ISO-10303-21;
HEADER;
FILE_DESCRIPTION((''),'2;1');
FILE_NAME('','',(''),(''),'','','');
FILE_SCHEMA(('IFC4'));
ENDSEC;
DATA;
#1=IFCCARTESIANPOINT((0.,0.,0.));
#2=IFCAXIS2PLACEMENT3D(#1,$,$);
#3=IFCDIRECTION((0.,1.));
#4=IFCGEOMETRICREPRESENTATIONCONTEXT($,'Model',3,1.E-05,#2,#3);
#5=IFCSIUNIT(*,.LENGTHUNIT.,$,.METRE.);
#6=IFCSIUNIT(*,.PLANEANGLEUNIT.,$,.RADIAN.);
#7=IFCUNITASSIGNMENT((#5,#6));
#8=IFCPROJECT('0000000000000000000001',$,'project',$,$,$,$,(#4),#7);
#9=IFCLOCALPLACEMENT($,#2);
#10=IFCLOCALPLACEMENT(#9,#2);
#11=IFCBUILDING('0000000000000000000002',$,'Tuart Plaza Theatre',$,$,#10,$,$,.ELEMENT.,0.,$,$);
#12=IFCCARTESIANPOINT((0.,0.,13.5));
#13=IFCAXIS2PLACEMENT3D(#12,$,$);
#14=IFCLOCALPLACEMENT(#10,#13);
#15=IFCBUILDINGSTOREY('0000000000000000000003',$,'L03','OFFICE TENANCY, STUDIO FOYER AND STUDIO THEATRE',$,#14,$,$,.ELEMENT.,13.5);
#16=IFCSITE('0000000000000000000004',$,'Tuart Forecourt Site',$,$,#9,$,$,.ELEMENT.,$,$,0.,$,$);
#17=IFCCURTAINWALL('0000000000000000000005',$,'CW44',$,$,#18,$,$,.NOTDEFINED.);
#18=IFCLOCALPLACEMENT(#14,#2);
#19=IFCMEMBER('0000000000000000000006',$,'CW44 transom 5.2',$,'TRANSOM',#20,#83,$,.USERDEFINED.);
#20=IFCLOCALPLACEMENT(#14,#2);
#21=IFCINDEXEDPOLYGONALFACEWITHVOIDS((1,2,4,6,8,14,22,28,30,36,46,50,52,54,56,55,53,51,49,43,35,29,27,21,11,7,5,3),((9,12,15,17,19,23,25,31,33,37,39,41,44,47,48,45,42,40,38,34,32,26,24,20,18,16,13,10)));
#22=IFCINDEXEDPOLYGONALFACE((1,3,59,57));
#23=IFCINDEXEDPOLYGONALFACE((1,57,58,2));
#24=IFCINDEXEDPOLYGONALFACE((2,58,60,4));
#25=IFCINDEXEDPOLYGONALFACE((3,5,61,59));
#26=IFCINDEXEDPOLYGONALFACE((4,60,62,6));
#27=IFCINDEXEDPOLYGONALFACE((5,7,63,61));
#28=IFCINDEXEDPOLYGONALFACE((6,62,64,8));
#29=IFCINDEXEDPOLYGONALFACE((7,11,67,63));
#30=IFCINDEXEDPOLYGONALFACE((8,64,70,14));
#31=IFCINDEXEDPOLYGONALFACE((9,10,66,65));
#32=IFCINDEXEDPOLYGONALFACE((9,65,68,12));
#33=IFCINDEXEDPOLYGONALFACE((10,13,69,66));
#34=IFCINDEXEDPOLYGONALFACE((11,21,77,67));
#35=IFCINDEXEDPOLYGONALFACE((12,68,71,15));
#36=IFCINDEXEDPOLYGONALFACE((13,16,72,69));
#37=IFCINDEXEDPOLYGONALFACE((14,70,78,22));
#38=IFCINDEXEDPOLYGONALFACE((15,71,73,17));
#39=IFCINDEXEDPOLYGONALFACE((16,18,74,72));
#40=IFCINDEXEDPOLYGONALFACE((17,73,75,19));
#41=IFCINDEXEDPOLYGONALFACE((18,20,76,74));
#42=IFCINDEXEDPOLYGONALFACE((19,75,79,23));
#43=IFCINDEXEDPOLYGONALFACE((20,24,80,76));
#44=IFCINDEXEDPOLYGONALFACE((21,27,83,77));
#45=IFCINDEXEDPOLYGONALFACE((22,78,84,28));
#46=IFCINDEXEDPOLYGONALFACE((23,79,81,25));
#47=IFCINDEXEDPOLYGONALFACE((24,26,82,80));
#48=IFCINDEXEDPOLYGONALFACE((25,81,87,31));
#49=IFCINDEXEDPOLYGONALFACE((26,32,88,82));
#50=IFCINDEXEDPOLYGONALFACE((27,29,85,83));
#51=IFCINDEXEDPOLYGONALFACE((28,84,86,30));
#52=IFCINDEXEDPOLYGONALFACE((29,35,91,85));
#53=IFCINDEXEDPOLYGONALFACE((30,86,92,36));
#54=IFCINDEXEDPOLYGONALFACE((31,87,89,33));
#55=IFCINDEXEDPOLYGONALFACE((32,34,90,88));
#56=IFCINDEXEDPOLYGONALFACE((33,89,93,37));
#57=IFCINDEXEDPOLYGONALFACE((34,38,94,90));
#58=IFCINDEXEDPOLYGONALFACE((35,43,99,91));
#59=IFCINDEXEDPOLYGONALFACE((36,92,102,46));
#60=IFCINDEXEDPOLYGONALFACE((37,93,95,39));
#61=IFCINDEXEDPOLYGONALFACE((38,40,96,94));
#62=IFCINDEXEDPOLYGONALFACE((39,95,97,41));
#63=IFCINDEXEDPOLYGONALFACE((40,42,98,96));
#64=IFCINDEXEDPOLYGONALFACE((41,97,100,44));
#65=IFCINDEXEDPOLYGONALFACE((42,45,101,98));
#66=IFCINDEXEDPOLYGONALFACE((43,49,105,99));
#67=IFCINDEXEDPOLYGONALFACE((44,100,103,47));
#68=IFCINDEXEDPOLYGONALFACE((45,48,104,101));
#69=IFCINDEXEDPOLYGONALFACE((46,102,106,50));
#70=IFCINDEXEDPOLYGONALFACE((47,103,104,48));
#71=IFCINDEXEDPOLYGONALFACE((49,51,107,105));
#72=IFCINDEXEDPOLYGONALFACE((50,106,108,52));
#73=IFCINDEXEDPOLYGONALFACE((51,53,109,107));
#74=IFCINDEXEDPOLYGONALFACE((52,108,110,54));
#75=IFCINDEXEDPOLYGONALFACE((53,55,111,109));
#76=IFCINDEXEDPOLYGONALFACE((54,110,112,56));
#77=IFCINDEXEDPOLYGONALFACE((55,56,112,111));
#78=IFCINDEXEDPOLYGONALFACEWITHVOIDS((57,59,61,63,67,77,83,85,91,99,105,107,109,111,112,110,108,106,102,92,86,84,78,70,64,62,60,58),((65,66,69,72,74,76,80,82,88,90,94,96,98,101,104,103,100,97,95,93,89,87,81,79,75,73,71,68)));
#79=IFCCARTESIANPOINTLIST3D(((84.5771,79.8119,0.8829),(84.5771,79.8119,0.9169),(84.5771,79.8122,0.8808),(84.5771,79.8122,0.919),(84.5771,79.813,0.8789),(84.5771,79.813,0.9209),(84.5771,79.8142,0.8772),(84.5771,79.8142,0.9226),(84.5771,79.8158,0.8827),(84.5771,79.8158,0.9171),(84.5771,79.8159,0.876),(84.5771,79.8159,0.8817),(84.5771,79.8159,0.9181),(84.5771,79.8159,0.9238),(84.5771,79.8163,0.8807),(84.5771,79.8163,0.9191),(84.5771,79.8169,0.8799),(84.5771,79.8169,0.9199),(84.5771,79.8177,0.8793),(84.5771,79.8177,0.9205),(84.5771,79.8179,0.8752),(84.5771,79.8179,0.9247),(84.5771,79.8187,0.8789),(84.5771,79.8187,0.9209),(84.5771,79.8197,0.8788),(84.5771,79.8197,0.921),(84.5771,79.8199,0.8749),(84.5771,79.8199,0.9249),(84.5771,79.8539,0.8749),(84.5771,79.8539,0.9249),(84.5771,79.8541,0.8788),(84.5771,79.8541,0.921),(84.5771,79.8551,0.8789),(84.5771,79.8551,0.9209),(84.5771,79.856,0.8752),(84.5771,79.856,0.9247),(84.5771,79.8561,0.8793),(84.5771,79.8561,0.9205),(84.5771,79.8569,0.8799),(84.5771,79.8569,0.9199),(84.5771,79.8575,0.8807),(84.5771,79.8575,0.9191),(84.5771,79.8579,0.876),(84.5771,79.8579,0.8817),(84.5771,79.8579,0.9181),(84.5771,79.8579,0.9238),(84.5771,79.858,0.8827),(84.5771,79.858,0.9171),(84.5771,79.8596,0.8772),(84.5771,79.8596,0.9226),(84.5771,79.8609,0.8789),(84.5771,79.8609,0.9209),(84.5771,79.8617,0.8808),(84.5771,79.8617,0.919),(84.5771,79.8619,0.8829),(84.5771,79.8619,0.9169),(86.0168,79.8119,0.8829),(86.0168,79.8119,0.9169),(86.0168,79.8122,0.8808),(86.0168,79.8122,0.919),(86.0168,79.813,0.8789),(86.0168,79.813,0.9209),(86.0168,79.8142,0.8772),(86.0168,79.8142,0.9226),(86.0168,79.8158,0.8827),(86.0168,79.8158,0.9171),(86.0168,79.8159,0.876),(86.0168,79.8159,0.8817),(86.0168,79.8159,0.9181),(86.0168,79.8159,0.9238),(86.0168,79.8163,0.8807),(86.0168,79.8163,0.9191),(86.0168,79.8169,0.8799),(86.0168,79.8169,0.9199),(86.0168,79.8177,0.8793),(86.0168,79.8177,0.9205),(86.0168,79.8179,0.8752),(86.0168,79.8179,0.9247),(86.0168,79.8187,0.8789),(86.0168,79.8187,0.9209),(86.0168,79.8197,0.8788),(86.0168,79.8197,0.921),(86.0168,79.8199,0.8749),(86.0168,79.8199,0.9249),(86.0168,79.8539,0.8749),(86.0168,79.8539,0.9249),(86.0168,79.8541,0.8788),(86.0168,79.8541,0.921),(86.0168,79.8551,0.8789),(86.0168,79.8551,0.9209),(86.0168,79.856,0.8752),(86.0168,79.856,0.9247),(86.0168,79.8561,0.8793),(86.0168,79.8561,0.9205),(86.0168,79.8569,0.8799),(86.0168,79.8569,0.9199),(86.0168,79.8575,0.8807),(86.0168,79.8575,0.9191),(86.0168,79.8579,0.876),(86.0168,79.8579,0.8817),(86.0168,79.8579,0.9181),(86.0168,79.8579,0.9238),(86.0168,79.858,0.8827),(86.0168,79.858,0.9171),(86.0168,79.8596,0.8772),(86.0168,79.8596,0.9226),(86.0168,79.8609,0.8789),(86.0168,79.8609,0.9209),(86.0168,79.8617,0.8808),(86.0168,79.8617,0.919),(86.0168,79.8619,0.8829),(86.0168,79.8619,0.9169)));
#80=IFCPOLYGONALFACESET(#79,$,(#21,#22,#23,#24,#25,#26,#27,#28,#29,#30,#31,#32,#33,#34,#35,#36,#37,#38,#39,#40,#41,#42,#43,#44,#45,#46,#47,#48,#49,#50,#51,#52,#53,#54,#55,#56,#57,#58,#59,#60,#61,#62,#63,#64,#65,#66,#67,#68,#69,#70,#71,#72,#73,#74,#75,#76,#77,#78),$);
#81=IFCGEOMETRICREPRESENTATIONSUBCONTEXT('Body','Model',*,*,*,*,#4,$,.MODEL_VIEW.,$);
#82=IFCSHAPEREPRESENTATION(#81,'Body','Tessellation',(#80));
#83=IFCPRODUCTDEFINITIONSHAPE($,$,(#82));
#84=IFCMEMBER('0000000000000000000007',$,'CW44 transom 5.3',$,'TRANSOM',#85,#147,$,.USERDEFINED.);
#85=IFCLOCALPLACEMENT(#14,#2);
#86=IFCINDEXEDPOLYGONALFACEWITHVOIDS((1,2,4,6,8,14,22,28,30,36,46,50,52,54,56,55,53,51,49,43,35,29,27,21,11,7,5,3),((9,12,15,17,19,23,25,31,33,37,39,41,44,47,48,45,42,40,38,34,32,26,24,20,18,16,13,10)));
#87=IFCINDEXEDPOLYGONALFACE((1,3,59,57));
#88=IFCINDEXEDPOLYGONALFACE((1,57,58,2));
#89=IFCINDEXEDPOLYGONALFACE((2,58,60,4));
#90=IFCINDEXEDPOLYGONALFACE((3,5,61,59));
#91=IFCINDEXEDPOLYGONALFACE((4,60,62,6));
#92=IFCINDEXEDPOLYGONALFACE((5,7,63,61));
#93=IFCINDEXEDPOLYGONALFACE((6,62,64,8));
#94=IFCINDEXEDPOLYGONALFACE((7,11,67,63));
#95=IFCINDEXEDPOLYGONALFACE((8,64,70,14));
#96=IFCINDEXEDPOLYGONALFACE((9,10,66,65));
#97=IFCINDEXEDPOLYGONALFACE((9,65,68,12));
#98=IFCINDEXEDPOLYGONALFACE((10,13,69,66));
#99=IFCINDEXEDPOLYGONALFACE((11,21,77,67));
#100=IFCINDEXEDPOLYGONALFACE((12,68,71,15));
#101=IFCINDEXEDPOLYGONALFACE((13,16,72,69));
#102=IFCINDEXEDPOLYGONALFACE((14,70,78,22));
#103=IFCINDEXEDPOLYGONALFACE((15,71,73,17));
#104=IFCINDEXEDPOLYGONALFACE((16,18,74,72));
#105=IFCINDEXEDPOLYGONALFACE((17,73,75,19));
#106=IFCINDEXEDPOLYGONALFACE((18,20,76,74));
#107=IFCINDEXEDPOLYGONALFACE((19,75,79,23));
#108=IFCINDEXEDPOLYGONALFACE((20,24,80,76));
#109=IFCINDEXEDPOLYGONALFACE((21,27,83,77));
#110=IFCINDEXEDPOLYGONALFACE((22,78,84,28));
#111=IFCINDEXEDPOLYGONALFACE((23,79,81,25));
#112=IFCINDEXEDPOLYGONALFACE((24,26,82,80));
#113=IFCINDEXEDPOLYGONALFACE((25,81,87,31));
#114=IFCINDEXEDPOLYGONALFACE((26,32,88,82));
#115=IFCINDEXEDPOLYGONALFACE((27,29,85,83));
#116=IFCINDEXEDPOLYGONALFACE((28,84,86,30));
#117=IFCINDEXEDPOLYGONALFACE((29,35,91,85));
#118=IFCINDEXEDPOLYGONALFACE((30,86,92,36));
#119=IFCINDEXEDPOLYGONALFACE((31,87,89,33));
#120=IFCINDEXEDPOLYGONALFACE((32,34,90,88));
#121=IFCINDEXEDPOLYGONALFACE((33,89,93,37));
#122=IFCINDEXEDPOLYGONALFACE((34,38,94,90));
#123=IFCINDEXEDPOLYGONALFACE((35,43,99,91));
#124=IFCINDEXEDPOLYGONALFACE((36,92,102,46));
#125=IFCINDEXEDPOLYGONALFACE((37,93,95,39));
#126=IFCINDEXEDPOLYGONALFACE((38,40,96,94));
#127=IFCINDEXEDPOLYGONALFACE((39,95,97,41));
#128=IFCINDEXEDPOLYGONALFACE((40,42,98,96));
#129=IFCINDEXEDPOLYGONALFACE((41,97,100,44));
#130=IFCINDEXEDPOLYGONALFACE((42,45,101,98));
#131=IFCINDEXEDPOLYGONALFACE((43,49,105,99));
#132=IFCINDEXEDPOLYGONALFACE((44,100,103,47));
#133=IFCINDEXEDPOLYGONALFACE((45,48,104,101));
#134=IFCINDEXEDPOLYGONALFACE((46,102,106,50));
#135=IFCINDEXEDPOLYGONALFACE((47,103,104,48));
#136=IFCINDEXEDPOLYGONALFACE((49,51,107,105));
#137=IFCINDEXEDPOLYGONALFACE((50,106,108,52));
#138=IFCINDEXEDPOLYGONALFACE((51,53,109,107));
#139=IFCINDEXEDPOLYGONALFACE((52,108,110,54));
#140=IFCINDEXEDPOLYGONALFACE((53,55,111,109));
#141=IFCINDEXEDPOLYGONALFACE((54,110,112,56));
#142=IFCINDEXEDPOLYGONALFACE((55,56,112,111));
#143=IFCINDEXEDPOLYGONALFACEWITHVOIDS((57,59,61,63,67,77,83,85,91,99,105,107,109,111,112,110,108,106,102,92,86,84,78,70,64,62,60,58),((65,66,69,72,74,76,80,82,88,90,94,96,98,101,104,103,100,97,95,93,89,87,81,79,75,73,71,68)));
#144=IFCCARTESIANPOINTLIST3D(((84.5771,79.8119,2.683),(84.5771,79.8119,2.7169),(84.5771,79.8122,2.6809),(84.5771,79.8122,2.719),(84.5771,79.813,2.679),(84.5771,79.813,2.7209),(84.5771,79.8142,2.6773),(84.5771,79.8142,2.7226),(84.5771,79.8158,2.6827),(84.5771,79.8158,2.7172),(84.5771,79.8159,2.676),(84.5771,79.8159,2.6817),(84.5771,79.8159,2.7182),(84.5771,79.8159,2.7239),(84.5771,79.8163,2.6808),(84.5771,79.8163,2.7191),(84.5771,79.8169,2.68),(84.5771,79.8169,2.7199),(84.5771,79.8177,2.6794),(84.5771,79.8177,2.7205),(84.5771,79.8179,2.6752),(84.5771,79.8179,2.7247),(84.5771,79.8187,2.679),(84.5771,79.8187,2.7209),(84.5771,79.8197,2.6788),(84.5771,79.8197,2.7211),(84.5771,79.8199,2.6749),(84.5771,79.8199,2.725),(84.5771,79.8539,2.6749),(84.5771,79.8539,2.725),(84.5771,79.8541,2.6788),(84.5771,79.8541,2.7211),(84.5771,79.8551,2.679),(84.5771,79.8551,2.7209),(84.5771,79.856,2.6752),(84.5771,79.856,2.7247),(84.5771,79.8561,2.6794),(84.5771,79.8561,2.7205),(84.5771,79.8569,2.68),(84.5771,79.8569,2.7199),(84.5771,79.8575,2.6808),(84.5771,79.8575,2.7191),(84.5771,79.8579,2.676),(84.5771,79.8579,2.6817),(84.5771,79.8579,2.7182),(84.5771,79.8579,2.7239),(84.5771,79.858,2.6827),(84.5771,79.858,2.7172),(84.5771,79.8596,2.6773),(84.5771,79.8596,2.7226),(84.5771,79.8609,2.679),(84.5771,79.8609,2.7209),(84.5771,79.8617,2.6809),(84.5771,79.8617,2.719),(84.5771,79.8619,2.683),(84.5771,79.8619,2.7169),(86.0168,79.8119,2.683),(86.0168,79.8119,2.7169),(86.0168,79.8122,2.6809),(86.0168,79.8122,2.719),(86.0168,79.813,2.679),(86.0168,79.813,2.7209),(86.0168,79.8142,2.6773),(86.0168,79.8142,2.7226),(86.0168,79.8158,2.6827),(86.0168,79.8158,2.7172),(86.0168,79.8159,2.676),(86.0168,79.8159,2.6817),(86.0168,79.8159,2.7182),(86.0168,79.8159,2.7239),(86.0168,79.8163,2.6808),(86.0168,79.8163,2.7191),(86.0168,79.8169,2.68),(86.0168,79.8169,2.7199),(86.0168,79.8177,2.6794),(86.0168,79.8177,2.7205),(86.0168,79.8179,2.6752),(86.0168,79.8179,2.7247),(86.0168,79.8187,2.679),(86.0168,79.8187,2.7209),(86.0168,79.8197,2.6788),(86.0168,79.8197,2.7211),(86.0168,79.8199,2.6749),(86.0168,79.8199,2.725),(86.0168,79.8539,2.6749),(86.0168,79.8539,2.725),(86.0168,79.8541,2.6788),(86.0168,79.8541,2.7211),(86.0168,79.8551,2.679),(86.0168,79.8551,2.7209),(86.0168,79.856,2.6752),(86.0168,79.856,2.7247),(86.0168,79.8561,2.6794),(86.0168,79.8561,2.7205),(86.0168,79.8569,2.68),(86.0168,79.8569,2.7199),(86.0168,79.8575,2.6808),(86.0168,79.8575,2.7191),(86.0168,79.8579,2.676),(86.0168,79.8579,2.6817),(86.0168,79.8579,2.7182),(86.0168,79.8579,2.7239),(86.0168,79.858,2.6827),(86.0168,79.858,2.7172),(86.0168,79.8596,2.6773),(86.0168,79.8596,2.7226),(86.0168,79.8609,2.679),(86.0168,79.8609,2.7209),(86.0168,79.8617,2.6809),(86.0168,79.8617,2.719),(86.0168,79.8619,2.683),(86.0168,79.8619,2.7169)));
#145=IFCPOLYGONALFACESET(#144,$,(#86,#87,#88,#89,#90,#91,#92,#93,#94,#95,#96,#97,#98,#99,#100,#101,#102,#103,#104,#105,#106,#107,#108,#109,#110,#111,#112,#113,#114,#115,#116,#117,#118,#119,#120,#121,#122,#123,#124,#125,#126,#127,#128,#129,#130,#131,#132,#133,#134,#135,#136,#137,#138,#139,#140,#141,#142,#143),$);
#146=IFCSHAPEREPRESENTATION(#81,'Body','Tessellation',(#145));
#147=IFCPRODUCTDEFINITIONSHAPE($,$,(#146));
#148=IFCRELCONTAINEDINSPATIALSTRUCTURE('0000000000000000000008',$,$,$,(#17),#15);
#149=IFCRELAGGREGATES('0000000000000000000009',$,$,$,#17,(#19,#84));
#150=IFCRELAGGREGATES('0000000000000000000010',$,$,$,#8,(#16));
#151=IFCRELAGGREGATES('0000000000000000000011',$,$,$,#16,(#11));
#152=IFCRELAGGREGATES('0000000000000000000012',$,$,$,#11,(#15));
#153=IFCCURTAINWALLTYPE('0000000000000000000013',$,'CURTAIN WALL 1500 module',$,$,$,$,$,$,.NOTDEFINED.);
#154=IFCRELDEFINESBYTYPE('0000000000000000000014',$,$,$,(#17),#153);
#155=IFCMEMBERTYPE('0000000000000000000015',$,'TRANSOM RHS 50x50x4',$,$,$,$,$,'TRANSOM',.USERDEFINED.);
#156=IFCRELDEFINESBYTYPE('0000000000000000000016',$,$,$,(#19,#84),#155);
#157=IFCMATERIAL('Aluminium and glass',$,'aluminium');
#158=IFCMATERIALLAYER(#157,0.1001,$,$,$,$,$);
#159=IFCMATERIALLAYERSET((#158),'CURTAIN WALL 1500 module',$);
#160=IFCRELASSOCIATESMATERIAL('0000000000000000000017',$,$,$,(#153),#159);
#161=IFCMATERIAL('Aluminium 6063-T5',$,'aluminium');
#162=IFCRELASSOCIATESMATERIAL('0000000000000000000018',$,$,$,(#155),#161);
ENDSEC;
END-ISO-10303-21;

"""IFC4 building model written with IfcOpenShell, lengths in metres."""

from ifc_helpers import new_model, si_unit, direction, frame, origin, origin_2d, place, context, subcontext, project, spatial, hollow_rectangle, extrude, material, layer, layer_set, material_profile, profile_set, type_object, element, aggregate, save


model = new_model("IFC4")

# Units and contexts
model_context = context("Model", 3, precision=1e-05, world=origin(), true_north=direction((0.0, 1.0)))
body_context = subcontext(model_context, "Body", "Model", "MODEL_VIEW")
ifc_project = project(units=[si_unit("LENGTHUNIT", "METRE"), si_unit("PLANEANGLEUNIT", "RADIAN")], contexts=[model_context])

# Site, building, storey
site_placement = place(None, origin())
site = spatial("IfcSite", under=ifc_project, at=site_placement, Name="Tuart Forecourt Site", CompositionType="ELEMENT", RefElevation=0.0)
building_placement = place(site_placement, origin())
building = spatial("IfcBuilding", under=site, at=building_placement, Name="Tuart Plaza Theatre", CompositionType="ELEMENT", ElevationOfRefHeight=0.0)
storey_placement = place(building_placement, frame((0.0, 0.0, 13.5)))
storey = spatial("IfcBuildingStorey", under=building, at=storey_placement, Name="L03", Description="OFFICE TENANCY, STUDIO FOYER AND STUDIO THEATRE", CompositionType="ELEMENT", Elevation=13.5)

# Curtain wall, members
ifc_material_1 = material(Name="Aluminium and glass", Category="aluminium")
ifc_layer_1 = layer(ifc_material_1, 0.1001)
ifc_layer_set_1 = layer_set([ifc_layer_1], Name="CURTAIN WALL 1500 module")
curtain_wall_type = type_object("IfcCurtainWallType", Name="CURTAIN WALL 1500 module", PredefinedType="NOTDEFINED", material=ifc_layer_set_1)
curtain_wall_placement = place(storey_placement, origin())
curtain_wall = element("IfcCurtainWall", 1, at=curtain_wall_placement, inside=storey, type_object=curtain_wall_type, Name="CW44", PredefinedType="NOTDEFINED")
ifc_material_2 = material(Name="Aluminium 6063-T5", Category="aluminium")
ifc_material_profile_1 = material_profile(ifc_material_2, hollow_rectangle(XDim=0.05, YDim=0.05, WallThickness=0.0039, InnerFilletRadius=0.0039, OuterFilletRadius=0.0081, at=origin_2d()), Name="RHS 50x50x4")
ifc_profile_set_1 = profile_set([ifc_material_profile_1], Name="Aluminium 6063-T5")
member_type_1 = type_object("IfcMemberType", Name="TRANSOM RHS 50x50x4", ElementType="TRANSOM", PredefinedType="USERDEFINED", material=ifc_profile_set_1)
member_1_placement = place(storey_placement, frame((84.5771, 79.8369, 0.8999), z_axis=(1.0, 0.0, 0.0), x_axis=(0.0, 1.0, 0.0)))
member_1 = element("IfcMember", 2, at=member_1_placement, type_object=member_type_1, Name="CW44 transom 5.2", ObjectType="TRANSOM", PredefinedType="USERDEFINED", context=body_context, shape_type="SweptSolid", body=[
    extrude(hollow_rectangle(XDim=0.05, YDim=0.05, WallThickness=0.0039, InnerFilletRadius=0.0039, OuterFilletRadius=0.0081, at=origin_2d()), origin(), (0.0, 0.0, 1.0), 1.4397),
])
member_2_placement = place(storey_placement, frame((84.5771, 79.8369, 2.7), z_axis=(1.0, 0.0, 0.0), x_axis=(0.0, 1.0, 0.0)))
member_2 = element("IfcMember", 3, at=member_2_placement, type_object=member_type_1, Name="CW44 transom 5.3", ObjectType="TRANSOM", PredefinedType="USERDEFINED", context=body_context, shape_type="SweptSolid", body=[
    extrude(hollow_rectangle(XDim=0.05, YDim=0.05, WallThickness=0.0039, InnerFilletRadius=0.0039, OuterFilletRadius=0.0081, at=origin_2d()), origin(), (0.0, 0.0, 1.0), 1.4397),
])
aggregate(curtain_wall, [member_1, member_2])

save(model, "model.ifc")
